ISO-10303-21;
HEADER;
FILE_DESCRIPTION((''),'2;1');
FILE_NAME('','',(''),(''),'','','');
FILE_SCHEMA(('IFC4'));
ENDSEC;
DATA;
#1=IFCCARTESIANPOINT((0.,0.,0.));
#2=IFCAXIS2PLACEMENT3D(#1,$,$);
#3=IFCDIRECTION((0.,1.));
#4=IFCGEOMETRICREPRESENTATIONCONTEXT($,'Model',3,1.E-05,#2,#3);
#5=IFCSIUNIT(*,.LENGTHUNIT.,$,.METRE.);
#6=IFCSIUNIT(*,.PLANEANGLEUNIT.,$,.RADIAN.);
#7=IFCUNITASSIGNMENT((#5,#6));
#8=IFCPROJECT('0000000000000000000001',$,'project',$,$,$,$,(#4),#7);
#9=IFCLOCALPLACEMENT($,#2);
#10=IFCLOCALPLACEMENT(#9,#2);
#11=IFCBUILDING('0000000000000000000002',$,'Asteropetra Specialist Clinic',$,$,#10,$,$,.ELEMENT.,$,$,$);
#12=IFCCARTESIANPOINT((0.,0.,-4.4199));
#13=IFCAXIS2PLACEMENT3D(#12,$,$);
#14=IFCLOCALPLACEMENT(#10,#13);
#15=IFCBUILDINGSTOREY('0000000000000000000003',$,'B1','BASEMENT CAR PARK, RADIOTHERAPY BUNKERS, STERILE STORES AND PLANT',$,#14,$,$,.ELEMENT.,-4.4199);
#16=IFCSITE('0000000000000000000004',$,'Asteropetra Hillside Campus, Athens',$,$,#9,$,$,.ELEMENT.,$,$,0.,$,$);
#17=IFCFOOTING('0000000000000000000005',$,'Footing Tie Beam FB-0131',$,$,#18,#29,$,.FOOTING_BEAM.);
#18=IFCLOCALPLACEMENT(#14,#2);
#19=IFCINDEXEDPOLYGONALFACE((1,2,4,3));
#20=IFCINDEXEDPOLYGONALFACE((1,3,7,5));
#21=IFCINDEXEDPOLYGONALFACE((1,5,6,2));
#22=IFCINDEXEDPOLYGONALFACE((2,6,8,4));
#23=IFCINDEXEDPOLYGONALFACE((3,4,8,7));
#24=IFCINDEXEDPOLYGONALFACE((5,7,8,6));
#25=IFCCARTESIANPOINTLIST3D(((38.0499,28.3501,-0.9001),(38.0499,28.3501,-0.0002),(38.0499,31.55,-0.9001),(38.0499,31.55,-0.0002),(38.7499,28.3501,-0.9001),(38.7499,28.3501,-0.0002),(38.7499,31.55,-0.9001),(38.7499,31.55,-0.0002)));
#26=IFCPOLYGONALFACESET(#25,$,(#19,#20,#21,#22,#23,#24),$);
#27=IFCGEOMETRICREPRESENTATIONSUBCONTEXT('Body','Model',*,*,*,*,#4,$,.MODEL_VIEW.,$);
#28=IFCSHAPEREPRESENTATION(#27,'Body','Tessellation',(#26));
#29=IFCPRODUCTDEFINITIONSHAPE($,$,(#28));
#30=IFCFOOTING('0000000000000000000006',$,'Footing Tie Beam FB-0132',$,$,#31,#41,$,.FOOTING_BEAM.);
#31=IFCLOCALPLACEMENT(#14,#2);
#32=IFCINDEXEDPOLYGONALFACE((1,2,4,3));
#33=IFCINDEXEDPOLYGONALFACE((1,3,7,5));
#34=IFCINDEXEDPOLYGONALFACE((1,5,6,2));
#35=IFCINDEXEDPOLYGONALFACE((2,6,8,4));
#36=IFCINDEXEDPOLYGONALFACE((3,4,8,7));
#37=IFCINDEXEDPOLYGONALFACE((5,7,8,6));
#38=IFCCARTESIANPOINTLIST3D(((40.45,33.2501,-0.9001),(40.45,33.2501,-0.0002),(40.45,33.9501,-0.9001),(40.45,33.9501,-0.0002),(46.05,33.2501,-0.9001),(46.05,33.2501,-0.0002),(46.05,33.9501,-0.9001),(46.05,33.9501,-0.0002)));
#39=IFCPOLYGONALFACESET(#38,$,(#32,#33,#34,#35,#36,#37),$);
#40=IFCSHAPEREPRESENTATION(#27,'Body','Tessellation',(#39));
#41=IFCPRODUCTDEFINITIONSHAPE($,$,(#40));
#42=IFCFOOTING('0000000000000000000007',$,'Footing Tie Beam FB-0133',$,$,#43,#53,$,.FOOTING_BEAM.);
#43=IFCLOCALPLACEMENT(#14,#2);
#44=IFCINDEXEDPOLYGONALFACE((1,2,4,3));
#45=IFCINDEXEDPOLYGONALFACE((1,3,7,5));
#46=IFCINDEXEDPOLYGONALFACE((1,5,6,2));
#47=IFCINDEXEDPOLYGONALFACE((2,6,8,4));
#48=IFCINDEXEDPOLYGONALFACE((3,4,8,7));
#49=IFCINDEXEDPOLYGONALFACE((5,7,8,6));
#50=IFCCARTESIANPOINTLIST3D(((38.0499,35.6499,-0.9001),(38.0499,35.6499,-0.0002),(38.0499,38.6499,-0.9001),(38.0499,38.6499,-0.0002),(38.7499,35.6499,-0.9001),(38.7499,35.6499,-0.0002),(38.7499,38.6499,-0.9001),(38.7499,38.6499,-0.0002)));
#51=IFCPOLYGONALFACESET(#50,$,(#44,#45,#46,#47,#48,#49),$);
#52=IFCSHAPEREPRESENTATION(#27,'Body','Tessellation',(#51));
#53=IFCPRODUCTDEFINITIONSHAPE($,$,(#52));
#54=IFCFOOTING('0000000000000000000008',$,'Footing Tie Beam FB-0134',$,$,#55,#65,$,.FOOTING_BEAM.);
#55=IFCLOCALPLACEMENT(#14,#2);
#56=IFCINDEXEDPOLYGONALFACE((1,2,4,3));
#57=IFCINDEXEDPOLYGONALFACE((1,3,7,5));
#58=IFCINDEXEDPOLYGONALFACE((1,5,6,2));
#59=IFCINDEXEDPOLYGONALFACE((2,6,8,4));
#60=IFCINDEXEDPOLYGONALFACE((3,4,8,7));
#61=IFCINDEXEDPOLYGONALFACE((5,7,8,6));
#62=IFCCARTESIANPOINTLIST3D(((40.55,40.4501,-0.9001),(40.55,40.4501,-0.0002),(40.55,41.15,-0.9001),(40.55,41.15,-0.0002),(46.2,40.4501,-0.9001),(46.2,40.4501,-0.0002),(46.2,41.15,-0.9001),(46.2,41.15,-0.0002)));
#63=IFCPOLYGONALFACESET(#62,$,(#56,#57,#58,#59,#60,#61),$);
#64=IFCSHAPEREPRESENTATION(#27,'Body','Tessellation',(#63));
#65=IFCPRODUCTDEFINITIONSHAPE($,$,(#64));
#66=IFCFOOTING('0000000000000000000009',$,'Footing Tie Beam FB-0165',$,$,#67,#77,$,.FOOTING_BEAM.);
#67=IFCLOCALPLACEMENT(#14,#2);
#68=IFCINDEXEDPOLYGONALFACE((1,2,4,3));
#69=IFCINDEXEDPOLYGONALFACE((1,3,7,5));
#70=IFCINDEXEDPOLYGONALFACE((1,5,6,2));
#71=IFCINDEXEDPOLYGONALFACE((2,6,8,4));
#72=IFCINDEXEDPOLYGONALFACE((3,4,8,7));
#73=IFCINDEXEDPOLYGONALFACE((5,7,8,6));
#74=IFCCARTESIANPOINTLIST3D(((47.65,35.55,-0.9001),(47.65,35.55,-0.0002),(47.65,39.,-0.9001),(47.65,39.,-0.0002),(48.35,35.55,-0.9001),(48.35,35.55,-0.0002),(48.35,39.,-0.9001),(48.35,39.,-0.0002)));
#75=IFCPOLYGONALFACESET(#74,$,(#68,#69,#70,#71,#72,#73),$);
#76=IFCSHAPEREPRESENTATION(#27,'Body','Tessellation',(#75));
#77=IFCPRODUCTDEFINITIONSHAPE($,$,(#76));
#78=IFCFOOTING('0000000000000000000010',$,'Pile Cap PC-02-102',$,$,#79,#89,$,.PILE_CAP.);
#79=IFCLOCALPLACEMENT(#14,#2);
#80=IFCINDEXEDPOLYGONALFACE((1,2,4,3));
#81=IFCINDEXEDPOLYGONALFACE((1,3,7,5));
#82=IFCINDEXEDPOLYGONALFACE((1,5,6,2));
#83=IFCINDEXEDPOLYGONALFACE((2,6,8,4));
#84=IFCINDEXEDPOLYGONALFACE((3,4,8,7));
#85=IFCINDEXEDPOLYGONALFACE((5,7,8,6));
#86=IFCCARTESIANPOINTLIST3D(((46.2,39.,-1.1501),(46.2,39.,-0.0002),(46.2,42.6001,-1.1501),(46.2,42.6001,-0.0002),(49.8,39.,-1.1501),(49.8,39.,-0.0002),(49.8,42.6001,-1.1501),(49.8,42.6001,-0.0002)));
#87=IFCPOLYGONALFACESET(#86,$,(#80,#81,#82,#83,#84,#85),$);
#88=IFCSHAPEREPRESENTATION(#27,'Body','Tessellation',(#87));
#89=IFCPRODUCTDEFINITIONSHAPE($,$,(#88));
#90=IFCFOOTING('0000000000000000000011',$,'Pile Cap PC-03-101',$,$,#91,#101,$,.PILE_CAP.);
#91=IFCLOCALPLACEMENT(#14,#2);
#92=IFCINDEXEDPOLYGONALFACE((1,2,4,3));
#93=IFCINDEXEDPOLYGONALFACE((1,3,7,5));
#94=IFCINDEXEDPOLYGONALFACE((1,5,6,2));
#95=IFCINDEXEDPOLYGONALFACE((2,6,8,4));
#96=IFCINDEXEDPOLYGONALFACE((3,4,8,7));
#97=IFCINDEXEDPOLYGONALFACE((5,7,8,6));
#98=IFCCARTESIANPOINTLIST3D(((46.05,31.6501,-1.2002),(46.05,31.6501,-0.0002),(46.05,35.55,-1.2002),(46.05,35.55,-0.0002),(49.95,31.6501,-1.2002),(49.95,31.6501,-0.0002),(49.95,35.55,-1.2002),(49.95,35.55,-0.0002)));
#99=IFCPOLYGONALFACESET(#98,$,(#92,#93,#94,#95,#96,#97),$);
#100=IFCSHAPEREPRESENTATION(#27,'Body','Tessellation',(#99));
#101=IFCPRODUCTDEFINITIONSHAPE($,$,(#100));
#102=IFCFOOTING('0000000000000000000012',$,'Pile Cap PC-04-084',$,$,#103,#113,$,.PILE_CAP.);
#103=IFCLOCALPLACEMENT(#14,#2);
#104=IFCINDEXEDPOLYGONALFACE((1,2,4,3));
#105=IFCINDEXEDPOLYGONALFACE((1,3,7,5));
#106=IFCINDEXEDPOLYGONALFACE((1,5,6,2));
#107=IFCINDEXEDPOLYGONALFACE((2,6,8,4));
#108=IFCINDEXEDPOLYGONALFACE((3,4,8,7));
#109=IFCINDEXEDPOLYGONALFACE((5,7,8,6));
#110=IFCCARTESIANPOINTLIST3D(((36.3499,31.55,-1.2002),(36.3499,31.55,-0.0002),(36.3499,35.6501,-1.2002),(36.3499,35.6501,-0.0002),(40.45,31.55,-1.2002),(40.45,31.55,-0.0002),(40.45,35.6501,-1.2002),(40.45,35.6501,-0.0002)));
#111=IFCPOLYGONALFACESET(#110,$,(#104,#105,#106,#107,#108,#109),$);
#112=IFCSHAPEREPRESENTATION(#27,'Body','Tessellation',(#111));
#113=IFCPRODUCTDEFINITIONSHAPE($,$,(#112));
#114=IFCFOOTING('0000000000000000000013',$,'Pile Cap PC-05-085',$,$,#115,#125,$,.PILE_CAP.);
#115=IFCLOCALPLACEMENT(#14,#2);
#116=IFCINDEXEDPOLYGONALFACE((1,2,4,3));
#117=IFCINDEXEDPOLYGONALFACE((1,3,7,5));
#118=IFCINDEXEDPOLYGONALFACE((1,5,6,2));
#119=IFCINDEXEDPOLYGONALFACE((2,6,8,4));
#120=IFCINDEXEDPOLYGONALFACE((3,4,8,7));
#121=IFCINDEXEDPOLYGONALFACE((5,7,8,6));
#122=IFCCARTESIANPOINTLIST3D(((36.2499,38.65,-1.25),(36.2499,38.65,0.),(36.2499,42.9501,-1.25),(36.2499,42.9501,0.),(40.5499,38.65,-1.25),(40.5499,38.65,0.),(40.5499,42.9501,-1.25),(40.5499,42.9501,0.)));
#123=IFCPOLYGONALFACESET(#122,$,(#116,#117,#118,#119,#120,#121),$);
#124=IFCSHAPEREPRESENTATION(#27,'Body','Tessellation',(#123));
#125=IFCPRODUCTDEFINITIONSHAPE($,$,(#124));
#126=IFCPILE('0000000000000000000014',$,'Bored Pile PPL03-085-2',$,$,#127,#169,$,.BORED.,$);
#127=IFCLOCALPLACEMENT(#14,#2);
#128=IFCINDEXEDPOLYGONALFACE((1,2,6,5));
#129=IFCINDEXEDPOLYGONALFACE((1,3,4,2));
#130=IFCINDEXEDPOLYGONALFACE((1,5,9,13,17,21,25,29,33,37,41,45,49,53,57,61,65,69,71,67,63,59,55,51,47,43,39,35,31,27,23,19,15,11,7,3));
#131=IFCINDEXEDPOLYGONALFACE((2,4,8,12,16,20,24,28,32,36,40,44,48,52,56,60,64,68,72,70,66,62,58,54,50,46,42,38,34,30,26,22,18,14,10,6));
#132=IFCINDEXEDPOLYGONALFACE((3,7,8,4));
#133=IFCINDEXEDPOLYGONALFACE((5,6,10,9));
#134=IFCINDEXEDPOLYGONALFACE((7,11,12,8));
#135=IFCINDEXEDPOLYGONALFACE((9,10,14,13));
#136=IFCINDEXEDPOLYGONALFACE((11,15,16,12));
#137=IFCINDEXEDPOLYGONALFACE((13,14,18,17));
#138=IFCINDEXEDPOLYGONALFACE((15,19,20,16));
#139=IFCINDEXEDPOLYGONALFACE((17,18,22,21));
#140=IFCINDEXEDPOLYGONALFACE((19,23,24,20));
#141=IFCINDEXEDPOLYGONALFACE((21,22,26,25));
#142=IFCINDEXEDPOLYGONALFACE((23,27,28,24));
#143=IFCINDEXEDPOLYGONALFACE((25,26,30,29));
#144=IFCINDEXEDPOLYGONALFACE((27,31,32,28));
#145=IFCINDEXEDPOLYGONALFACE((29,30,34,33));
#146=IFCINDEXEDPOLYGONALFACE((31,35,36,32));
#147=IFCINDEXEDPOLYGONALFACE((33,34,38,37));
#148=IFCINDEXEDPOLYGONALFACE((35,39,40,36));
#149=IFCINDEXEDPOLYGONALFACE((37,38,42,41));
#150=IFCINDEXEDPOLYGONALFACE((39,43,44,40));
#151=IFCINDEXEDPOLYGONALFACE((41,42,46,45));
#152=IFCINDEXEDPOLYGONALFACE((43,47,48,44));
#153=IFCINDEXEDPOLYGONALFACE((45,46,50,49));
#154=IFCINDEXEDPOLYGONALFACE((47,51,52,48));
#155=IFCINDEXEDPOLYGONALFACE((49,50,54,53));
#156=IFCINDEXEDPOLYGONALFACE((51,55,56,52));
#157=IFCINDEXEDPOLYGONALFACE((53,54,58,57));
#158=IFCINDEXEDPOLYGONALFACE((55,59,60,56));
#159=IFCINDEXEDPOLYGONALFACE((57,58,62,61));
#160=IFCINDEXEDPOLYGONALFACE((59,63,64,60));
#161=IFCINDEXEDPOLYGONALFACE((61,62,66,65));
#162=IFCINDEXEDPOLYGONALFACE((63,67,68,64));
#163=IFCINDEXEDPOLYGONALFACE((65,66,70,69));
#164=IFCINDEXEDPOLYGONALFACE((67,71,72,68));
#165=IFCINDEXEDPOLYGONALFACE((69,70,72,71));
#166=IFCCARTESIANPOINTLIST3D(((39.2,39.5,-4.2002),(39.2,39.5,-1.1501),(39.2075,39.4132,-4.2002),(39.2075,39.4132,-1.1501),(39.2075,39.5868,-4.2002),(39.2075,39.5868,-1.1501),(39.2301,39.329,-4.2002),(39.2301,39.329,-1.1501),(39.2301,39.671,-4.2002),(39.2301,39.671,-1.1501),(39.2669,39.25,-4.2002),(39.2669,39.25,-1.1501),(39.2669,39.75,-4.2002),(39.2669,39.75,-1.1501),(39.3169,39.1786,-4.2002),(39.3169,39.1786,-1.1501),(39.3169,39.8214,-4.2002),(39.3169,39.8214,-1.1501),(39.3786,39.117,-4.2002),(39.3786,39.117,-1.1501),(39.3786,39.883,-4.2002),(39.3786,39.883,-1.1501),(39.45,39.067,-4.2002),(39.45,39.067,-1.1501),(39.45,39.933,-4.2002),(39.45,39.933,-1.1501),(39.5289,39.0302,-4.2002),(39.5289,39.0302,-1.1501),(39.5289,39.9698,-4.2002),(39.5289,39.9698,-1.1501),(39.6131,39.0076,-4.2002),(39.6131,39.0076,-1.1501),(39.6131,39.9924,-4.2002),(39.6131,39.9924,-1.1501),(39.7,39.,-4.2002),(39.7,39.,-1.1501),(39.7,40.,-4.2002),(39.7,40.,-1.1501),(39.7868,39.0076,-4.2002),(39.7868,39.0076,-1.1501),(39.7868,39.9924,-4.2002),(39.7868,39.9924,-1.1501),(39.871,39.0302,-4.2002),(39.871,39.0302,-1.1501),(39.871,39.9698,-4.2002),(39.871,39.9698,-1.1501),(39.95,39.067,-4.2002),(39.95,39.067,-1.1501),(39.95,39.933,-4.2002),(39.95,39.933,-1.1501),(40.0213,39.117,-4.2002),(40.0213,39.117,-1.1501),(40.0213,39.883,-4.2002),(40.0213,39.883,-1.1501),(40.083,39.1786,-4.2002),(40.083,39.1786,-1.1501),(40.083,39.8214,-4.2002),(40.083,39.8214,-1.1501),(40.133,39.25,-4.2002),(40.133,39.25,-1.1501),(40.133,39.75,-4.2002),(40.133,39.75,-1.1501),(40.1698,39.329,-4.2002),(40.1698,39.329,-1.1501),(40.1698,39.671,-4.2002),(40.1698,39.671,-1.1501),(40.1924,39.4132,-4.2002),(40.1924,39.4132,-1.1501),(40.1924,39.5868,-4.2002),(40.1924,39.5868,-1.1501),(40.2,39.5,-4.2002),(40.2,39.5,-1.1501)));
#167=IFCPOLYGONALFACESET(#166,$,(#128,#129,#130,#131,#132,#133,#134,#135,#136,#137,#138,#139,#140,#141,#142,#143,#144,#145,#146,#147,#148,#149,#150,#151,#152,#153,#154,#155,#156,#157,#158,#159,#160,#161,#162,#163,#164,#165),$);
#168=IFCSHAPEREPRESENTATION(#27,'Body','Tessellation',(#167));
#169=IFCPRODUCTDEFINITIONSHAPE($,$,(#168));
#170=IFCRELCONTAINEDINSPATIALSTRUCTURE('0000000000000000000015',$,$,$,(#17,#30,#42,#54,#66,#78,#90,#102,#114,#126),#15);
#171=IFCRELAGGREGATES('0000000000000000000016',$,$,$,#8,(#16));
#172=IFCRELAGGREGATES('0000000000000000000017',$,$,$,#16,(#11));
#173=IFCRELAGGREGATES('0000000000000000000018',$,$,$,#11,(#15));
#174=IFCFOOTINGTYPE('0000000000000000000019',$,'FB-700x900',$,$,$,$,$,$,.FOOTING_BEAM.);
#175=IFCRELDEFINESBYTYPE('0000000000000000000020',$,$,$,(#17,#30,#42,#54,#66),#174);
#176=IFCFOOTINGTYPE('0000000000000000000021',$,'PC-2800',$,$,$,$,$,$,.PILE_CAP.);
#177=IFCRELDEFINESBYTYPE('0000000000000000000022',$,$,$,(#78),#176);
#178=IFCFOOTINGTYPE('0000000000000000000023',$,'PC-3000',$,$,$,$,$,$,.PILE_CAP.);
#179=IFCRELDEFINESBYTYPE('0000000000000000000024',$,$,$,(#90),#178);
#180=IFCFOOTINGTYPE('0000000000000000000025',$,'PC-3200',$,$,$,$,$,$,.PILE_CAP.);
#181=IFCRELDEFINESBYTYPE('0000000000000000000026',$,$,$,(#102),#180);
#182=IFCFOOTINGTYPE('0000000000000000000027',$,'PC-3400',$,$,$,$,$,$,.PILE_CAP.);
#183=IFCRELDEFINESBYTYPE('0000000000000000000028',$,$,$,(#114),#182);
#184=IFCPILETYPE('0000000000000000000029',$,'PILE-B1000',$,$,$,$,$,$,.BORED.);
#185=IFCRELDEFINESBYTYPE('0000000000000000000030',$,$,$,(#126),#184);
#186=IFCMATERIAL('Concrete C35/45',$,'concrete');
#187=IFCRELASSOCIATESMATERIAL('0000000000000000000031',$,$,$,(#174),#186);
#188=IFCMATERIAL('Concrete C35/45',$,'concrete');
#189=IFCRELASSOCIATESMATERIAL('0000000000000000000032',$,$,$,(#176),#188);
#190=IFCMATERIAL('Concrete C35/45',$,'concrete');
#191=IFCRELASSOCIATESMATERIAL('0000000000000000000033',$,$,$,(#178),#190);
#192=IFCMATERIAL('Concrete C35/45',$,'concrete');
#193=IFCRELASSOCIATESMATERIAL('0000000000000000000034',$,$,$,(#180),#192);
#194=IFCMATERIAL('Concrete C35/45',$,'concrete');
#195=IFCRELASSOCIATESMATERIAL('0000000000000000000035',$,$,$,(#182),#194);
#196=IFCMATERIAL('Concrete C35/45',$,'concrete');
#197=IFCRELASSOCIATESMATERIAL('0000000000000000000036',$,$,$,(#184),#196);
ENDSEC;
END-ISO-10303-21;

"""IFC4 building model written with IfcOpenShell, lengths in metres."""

from ifc_helpers import new_model, si_unit, direction, frame, origin, origin_2d, place, context, subcontext, project, spatial, rectangle, circle, extrude, material, material_profile, profile_set, type_object, element, save


model = new_model("IFC4")

# Units and contexts
model_context = context("Model", 3, precision=1e-05, world=origin(), true_north=direction((0.0, 1.0)))
body_context = subcontext(model_context, "Body", "Model", "MODEL_VIEW")
ifc_project = project(units=[si_unit("LENGTHUNIT", "METRE"), si_unit("PLANEANGLEUNIT", "RADIAN")], contexts=[model_context])

# Site, building, storey
site_placement = place(None, origin())
site = spatial("IfcSite", under=ifc_project, at=site_placement, Name="Asteropetra Hillside Campus, Athens", CompositionType="ELEMENT", RefElevation=0.0)
building_placement = place(site_placement, origin())
building = spatial("IfcBuilding", under=site, at=building_placement, Name="Asteropetra Specialist Clinic", CompositionType="ELEMENT")
storey_placement = place(building_placement, frame((0.0, 0.0, -4.4199)))
storey = spatial("IfcBuildingStorey", under=building, at=storey_placement, Name="B1", Description="BASEMENT CAR PARK, RADIOTHERAPY BUNKERS, STERILE STORES AND PLANT", CompositionType="ELEMENT", Elevation=-4.4199)

# Footings
ifc_material_1 = material(Name="Concrete C35/45", Category="concrete")
ifc_material_profile_1 = material_profile(ifc_material_1, rectangle(XDim=0.7, YDim=0.8999, at=origin_2d()), Name="FB 700x900")
ifc_profile_set_1 = profile_set([ifc_material_profile_1], Name="Concrete C35/45")
footing_type_1 = type_object("IfcFootingType", Name="FB-700x900", PredefinedType="FOOTING_BEAM", material=ifc_profile_set_1)
footing_1_placement = place(storey_placement, frame((38.3999, 28.3501, -0.4502), z_axis=(0.0, 1.0, 0.0), x_axis=(-1.0, 0.0, 0.0)))
element("IfcFooting", 1, at=footing_1_placement, inside=storey, type_object=footing_type_1, Name="Footing Tie Beam FB-0131", PredefinedType="FOOTING_BEAM", context=body_context, shape_type="SweptSolid", body=[
    extrude(rectangle(XDim=0.7, YDim=0.8999, at=origin_2d()), origin(), (0.0, 0.0, 1.0), 3.2),
])
footing_2_placement = place(storey_placement, frame((40.45, 33.6001, -0.4502), z_axis=(1.0, 0.0, 0.0), x_axis=(0.0, 1.0, 0.0)))
element("IfcFooting", 2, at=footing_2_placement, inside=storey, type_object=footing_type_1, Name="Footing Tie Beam FB-0132", PredefinedType="FOOTING_BEAM", context=body_context, shape_type="SweptSolid", body=[
    extrude(rectangle(XDim=0.7, YDim=0.8999, at=origin_2d()), origin(), (0.0, 0.0, 1.0), 5.6001),
])
footing_3_placement = place(storey_placement, frame((38.3999, 35.6499, -0.4502), z_axis=(0.0, 1.0, 0.0), x_axis=(-1.0, 0.0, 0.0)))
element("IfcFooting", 3, at=footing_3_placement, inside=storey, type_object=footing_type_1, Name="Footing Tie Beam FB-0133", PredefinedType="FOOTING_BEAM", context=body_context, shape_type="SweptSolid", body=[
    extrude(rectangle(XDim=0.7, YDim=0.8999, at=origin_2d()), origin(), (0.0, 0.0, 1.0), 3.0),
])
footing_4_placement = place(storey_placement, frame((40.55, 40.8, -0.4502), z_axis=(1.0, 0.0, 0.0), x_axis=(0.0, 1.0, 0.0)))
element("IfcFooting", 4, at=footing_4_placement, inside=storey, type_object=footing_type_1, Name="Footing Tie Beam FB-0134", PredefinedType="FOOTING_BEAM", context=body_context, shape_type="SweptSolid", body=[
    extrude(rectangle(XDim=0.7, YDim=0.8999, at=origin_2d()), origin(), (0.0, 0.0, 1.0), 5.6499),
])
footing_5_placement = place(storey_placement, frame((48.0, 35.55, -0.4502), z_axis=(0.0, 1.0, 0.0), x_axis=(-1.0, 0.0, 0.0)))
element("IfcFooting", 5, at=footing_5_placement, inside=storey, type_object=footing_type_1, Name="Footing Tie Beam FB-0165", PredefinedType="FOOTING_BEAM", context=body_context, shape_type="SweptSolid", body=[
    extrude(rectangle(XDim=0.7, YDim=0.8999, at=origin_2d()), origin(), (0.0, 0.0, 1.0), 3.45),
])
ifc_material_2 = material(Name="Concrete C35/45", Category="concrete")
footing_type_2 = type_object("IfcFootingType", Name="PC-2800", PredefinedType="PILE_CAP", material=ifc_material_2)
footing_6_placement = place(storey_placement, frame((48.0, 40.8, -1.1501), z_axis=(0.0, 0.0, 1.0), x_axis=(1.0, 0.0, 0.0)))
element("IfcFooting", 6, at=footing_6_placement, inside=storey, type_object=footing_type_2, Name="Pile Cap PC-02-102", PredefinedType="PILE_CAP", context=body_context, shape_type="SweptSolid", body=[
    extrude(rectangle(XDim=3.6001, YDim=3.6001, at=origin_2d()), origin(), (0.0, 0.0, 1.0), 1.1499),
])
ifc_material_3 = material(Name="Concrete C35/45", Category="concrete")
footing_type_3 = type_object("IfcFootingType", Name="PC-3000", PredefinedType="PILE_CAP", material=ifc_material_3)
footing_7_placement = place(storey_placement, frame((48.0, 33.6001, -1.2002), z_axis=(0.0, 0.0, 1.0), x_axis=(1.0, 0.0, 0.0)))
element("IfcFooting", 7, at=footing_7_placement, inside=storey, type_object=footing_type_3, Name="Pile Cap PC-03-101", PredefinedType="PILE_CAP", context=body_context, shape_type="SweptSolid", body=[
    extrude(rectangle(XDim=3.8999, YDim=3.8999, at=origin_2d()), origin(), (0.0, 0.0, 1.0), 1.2),
])
ifc_material_4 = material(Name="Concrete C35/45", Category="concrete")
footing_type_4 = type_object("IfcFootingType", Name="PC-3200", PredefinedType="PILE_CAP", material=ifc_material_4)
footing_8_placement = place(storey_placement, frame((38.3999, 33.6001, -1.2002), z_axis=(0.0, 0.0, 1.0), x_axis=(1.0, 0.0, 0.0)))
element("IfcFooting", 8, at=footing_8_placement, inside=storey, type_object=footing_type_4, Name="Pile Cap PC-04-084", PredefinedType="PILE_CAP", context=body_context, shape_type="SweptSolid", body=[
    extrude(rectangle(XDim=4.1001, YDim=4.1001, at=origin_2d()), origin(), (0.0, 0.0, 1.0), 1.2),
])
ifc_material_5 = material(Name="Concrete C35/45", Category="concrete")
footing_type_5 = type_object("IfcFootingType", Name="PC-3400", PredefinedType="PILE_CAP", material=ifc_material_5)
footing_9_placement = place(storey_placement, frame((38.3999, 40.8, -1.25), z_axis=(0.0, 0.0, 1.0), x_axis=(1.0, 0.0, 0.0)))
element("IfcFooting", 9, at=footing_9_placement, inside=storey, type_object=footing_type_5, Name="Pile Cap PC-05-085", PredefinedType="PILE_CAP", context=body_context, shape_type="SweptSolid", body=[
    extrude(rectangle(XDim=4.3, YDim=4.3, at=origin_2d()), origin(), (0.0, 0.0, 1.0), 1.25),
])

# Pile
ifc_material_6 = material(Name="Concrete C35/45", Category="concrete")
ifc_material_profile_2 = material_profile(ifc_material_6, circle(Radius=0.5, at=origin_2d()), Name="PILE D1000")
ifc_profile_set_2 = profile_set([ifc_material_profile_2], Name="Concrete C35/45")
pile_type_1 = type_object("IfcPileType", Name="PILE-B1000", PredefinedType="BORED", material=ifc_profile_set_2)
pile_placement = place(storey_placement, frame((39.7, 39.5, -1.1501), z_axis=(0.0, 0.0, -1.0), x_axis=(1.0, 0.0, 0.0)))
element("IfcPile", 10, at=pile_placement, inside=storey, type_object=pile_type_1, Name="Bored Pile PPL03-085-2", PredefinedType="BORED", context=body_context, shape_type="SweptSolid", body=[
    extrude(circle(Radius=0.5, at=origin_2d()), origin(), (0.0, 0.0, 1.0), 3.05),
])

save(model, "model.ifc")
